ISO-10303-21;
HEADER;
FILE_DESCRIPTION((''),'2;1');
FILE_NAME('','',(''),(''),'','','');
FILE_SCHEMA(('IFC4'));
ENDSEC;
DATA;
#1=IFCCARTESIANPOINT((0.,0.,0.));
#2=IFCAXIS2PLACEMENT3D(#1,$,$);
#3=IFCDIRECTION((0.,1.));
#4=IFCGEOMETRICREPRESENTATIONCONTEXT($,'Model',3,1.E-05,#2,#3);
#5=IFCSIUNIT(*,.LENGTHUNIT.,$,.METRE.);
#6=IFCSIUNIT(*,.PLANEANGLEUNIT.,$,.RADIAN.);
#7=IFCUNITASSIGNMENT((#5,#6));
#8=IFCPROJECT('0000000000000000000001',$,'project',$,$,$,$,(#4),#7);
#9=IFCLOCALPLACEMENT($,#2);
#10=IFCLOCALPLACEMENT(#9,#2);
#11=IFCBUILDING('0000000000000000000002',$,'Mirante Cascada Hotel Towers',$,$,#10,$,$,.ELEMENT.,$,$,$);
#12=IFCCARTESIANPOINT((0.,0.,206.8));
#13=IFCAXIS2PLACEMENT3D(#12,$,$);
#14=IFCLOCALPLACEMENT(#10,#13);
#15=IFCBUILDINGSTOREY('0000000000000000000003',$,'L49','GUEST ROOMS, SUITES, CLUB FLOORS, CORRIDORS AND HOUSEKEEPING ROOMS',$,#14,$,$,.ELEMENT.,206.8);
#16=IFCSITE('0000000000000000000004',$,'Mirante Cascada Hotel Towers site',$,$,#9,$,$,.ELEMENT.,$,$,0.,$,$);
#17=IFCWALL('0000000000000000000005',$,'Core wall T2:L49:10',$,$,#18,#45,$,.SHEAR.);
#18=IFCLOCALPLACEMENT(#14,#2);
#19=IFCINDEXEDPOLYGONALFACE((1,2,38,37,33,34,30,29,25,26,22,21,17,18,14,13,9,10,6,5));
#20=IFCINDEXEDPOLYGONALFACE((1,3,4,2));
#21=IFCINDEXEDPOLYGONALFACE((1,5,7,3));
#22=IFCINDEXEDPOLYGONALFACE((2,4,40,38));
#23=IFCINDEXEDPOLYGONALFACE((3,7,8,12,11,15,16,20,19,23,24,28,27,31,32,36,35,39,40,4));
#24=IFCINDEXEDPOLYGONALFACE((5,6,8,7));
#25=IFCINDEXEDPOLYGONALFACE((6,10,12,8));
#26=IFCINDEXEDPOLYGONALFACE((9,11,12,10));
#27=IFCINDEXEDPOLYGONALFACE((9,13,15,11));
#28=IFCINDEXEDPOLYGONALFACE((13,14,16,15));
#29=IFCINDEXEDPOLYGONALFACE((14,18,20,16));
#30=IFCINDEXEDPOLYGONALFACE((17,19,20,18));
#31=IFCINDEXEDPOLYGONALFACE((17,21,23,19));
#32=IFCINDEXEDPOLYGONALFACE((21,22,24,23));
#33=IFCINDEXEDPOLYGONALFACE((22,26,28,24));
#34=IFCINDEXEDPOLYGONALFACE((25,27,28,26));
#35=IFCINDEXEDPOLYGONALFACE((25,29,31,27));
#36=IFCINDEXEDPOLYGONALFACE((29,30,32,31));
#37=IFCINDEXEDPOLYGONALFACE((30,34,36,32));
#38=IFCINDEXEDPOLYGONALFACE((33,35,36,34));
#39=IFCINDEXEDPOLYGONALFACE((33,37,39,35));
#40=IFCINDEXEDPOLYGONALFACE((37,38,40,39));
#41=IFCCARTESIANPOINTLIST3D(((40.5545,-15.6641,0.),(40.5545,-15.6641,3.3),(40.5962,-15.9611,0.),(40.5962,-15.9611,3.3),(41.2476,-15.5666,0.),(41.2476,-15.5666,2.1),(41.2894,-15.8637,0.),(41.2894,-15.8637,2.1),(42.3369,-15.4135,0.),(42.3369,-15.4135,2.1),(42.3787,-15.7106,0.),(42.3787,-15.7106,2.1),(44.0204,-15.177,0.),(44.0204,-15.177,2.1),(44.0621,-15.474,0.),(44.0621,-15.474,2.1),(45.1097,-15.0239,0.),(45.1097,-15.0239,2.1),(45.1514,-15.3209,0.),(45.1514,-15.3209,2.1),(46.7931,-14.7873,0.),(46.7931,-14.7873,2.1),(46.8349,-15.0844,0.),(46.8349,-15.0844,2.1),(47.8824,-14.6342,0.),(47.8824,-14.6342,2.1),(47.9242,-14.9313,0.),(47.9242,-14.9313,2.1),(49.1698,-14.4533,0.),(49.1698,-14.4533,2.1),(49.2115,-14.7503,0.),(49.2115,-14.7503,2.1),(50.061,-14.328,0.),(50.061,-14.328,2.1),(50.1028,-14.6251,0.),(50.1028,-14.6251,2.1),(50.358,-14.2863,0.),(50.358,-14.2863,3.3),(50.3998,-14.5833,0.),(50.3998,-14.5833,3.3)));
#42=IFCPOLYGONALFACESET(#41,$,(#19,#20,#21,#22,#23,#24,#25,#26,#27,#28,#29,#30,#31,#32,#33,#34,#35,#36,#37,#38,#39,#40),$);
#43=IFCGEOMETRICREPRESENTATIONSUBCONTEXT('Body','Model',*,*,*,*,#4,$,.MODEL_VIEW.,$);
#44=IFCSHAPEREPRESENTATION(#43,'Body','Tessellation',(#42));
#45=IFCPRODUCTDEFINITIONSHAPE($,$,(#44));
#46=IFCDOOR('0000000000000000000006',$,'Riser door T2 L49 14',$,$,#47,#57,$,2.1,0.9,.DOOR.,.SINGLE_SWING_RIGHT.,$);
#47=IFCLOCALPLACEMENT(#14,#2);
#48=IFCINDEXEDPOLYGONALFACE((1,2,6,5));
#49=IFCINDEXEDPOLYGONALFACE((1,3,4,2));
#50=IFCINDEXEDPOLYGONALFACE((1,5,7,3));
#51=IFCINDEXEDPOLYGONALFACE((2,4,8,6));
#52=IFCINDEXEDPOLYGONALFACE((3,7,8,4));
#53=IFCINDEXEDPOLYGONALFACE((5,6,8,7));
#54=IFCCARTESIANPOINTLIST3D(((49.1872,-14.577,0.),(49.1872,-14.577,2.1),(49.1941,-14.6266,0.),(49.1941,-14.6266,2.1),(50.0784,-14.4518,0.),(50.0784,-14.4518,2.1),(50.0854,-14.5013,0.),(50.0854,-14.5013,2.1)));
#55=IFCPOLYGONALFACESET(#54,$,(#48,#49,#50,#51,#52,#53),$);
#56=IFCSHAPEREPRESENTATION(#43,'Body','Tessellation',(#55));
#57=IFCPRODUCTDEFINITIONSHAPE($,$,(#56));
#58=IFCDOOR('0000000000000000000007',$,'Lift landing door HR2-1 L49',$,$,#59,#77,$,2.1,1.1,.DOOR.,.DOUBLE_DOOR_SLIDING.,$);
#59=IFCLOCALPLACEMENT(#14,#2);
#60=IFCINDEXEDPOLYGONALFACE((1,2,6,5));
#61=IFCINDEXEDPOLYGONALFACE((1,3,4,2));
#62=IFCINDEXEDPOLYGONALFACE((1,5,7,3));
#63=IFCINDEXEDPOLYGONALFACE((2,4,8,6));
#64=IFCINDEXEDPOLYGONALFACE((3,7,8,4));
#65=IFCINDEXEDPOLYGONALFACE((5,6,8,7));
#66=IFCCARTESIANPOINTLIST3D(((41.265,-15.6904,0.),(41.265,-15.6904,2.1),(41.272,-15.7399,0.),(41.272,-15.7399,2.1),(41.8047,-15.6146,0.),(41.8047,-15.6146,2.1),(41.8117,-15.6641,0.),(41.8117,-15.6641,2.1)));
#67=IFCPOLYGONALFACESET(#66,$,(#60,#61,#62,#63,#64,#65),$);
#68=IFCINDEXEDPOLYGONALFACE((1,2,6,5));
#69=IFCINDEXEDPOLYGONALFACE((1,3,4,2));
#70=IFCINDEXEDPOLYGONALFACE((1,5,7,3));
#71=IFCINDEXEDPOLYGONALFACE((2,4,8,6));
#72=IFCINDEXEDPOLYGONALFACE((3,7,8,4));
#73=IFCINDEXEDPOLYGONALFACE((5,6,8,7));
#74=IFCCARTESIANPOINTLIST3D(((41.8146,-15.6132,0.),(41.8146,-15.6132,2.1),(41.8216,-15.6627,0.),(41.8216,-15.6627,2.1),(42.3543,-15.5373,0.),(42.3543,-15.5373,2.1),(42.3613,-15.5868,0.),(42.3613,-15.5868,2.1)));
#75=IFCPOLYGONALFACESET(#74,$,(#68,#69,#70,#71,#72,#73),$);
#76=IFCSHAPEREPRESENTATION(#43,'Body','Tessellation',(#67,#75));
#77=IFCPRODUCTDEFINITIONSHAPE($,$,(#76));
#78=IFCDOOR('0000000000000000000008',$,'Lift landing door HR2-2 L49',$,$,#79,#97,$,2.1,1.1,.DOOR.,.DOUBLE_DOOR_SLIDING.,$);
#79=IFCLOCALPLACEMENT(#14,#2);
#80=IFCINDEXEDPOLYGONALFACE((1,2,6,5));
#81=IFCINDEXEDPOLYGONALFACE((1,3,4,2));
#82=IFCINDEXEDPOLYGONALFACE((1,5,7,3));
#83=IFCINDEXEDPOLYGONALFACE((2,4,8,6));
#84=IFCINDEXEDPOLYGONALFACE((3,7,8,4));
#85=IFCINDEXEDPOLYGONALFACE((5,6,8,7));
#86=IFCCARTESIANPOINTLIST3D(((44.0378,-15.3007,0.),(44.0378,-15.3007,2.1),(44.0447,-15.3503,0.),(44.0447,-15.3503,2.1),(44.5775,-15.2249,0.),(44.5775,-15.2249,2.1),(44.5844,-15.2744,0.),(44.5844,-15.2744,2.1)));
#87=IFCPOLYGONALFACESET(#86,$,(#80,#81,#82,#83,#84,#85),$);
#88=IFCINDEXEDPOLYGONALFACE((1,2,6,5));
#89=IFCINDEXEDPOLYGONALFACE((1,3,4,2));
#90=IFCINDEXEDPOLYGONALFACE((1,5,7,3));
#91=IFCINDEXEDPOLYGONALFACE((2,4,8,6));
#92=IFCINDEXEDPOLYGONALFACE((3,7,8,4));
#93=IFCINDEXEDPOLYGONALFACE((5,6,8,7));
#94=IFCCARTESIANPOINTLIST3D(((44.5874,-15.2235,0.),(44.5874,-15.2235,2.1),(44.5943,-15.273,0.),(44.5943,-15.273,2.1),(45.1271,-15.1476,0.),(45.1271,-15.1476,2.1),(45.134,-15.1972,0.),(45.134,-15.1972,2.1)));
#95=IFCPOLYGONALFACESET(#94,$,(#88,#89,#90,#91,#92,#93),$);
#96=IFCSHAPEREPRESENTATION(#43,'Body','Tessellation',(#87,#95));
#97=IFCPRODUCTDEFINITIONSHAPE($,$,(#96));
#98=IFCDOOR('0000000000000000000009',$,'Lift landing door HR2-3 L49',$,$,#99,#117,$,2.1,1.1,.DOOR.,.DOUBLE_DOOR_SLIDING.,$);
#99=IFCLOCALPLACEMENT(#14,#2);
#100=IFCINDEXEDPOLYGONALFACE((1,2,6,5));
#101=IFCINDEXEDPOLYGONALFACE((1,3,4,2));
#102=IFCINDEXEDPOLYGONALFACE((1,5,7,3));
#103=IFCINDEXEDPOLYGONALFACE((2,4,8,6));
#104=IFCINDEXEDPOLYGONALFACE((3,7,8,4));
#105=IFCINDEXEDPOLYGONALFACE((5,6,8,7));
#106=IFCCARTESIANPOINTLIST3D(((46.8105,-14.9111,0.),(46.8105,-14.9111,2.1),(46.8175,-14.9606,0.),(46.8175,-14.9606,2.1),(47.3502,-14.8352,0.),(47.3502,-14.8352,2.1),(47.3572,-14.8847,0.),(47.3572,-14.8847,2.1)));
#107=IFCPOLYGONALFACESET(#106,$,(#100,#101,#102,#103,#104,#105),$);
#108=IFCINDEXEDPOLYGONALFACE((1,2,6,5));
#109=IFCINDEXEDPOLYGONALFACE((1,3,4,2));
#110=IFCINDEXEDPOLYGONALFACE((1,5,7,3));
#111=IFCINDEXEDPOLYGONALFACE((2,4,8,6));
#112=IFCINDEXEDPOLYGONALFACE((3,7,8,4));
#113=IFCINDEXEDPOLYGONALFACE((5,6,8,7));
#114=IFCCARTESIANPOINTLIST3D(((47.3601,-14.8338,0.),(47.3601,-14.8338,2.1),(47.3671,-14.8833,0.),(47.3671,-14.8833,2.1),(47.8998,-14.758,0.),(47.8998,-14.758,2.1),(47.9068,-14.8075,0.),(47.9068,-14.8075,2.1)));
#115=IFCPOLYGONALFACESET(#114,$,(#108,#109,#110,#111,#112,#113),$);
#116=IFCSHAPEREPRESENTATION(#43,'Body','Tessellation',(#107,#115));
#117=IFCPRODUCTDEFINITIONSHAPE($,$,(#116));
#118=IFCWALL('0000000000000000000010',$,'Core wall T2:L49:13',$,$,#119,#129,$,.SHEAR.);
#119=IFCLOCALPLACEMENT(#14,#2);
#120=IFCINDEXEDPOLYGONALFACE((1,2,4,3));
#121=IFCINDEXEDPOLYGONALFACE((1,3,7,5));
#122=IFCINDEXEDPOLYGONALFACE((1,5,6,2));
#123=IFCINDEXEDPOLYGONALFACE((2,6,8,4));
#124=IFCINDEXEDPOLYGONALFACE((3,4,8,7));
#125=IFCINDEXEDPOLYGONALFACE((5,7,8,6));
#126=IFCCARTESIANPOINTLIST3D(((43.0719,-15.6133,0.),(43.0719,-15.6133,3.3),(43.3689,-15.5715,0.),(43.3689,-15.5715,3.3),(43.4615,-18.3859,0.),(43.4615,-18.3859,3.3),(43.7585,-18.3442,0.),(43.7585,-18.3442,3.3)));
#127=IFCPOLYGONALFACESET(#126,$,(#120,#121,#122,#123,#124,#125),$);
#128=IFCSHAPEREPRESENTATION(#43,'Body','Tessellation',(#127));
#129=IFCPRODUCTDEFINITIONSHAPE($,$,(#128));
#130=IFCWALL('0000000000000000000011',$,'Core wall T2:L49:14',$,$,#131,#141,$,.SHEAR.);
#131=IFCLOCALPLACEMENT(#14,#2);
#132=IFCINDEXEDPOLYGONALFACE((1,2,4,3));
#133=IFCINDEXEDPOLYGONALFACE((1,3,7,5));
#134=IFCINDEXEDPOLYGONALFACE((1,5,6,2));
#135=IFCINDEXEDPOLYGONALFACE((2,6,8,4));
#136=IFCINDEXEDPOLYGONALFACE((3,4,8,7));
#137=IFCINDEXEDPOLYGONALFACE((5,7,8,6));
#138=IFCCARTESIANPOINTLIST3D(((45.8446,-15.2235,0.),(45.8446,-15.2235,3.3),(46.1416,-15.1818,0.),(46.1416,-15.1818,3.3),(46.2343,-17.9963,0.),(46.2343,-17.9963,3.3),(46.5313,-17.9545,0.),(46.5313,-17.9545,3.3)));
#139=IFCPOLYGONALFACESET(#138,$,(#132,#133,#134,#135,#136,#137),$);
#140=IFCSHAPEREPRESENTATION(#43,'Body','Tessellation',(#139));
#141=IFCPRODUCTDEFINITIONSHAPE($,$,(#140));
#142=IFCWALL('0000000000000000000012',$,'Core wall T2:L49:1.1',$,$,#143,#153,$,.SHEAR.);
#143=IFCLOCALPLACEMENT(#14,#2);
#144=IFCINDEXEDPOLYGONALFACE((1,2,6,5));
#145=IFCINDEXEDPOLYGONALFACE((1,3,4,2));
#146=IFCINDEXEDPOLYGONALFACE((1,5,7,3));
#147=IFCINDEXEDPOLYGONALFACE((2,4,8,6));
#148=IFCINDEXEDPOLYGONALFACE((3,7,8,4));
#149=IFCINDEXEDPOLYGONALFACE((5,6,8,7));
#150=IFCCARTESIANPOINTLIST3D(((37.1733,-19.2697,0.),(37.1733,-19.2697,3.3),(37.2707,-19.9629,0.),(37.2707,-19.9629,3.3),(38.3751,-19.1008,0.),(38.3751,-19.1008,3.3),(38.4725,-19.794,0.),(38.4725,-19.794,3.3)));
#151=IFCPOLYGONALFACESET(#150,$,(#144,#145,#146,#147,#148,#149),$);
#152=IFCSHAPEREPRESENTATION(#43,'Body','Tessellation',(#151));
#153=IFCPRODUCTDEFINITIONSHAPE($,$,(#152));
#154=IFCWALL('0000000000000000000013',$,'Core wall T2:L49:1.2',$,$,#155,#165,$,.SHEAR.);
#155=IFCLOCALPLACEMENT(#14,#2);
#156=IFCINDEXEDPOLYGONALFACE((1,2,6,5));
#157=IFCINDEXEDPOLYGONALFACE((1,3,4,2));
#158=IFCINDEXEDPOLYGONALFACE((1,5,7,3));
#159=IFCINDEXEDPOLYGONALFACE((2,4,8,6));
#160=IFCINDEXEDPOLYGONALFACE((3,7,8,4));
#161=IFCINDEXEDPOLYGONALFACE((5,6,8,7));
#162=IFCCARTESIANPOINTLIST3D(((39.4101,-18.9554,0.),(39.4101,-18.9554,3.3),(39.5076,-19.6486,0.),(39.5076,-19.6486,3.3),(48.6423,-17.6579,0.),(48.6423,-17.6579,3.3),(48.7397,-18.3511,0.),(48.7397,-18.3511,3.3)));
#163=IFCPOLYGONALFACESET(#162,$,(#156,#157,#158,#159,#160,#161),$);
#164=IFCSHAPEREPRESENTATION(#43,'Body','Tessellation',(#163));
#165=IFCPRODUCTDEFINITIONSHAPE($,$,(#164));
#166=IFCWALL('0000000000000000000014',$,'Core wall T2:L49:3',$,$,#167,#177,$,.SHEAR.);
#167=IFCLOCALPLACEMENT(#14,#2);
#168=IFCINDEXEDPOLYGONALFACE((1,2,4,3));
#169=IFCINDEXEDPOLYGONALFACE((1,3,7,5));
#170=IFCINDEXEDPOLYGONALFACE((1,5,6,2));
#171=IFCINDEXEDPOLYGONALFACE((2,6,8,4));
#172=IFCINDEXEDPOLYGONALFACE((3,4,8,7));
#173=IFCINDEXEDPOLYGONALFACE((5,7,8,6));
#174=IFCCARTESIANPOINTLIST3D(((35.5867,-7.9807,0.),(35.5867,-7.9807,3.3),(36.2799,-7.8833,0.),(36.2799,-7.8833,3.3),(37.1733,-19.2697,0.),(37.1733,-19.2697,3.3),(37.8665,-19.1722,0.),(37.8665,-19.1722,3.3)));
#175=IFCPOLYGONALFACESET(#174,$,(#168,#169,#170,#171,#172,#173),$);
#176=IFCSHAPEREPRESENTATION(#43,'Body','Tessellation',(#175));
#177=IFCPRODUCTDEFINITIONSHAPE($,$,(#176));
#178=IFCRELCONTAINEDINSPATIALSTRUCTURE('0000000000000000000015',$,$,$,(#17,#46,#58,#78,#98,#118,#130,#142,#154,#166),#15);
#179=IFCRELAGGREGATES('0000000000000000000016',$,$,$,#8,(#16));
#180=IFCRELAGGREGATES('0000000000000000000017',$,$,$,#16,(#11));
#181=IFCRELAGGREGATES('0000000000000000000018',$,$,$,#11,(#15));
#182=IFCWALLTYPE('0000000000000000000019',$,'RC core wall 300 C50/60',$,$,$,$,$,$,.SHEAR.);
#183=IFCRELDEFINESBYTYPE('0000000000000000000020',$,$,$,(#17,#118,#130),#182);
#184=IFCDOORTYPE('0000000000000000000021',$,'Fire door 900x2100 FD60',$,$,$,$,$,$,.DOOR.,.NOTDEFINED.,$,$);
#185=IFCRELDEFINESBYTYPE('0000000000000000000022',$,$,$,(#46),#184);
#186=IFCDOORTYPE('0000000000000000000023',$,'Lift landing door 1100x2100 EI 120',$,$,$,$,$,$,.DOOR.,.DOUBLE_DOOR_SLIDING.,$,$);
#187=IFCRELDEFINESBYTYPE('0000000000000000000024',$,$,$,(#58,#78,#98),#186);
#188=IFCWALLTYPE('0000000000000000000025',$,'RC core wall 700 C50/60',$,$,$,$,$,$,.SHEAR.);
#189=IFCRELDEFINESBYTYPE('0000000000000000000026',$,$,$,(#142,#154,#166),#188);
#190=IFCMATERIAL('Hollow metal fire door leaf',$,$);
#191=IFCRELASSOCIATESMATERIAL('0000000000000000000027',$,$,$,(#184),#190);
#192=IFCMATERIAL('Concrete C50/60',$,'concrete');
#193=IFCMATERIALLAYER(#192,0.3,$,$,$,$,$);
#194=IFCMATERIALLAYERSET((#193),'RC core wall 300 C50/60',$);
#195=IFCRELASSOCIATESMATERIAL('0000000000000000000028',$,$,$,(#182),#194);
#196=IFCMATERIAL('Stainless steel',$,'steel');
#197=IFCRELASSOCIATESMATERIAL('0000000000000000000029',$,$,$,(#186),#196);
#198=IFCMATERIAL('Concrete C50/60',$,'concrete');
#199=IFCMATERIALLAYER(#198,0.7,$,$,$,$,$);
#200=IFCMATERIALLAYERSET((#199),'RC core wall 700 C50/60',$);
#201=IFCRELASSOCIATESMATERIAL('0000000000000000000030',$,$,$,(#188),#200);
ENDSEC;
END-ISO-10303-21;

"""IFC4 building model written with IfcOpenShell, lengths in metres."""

from ifc_helpers import new_model, si_unit, direction, frame, frame_2d, origin, place, context, subcontext, project, spatial, rectangle, extrude, material, layer, layer_set, type_object, element, fill, save


model = new_model("IFC4")

# Units and contexts
model_context = context("Model", 3, precision=1e-05, world=origin(), true_north=direction((0.0, 1.0)))
body_context = subcontext(model_context, "Body", "Model", "MODEL_VIEW")
ifc_project = project(units=[si_unit("LENGTHUNIT", "METRE"), si_unit("PLANEANGLEUNIT", "RADIAN")], contexts=[model_context])

# Site, building, storey
site_placement = place(None, origin())
site = spatial("IfcSite", under=ifc_project, at=site_placement, Name="Mirante Cascada Hotel Towers site", CompositionType="ELEMENT", RefElevation=0.0)
building_placement = place(site_placement, origin())
building = spatial("IfcBuilding", under=site, at=building_placement, Name="Mirante Cascada Hotel Towers", CompositionType="ELEMENT")
storey_placement = place(building_placement, frame((0.0, 0.0, 206.8)))
storey = spatial("IfcBuildingStorey", under=building, at=storey_placement, Name="L49", Description="GUEST ROOMS, SUITES, CLUB FLOORS, CORRIDORS AND HOUSEKEEPING ROOMS", CompositionType="ELEMENT", Elevation=206.8)

# Shared definitions
ifc_material_1 = material(Name="Hollow metal fire door leaf")
door_type_1 = type_object("IfcDoorType", Name="Fire door 900x2100 FD60", OperationType="NOTDEFINED", PredefinedType="DOOR", material=ifc_material_1)

# Shared definitions
ifc_material_2 = material(Name="Concrete C50/60", Category="concrete")
ifc_layer_1 = layer(ifc_material_2, 0.3)
ifc_layer_set_1 = layer_set([ifc_layer_1], Name="RC core wall 300 C50/60")
wall_type_1 = type_object("IfcWallType", Name="RC core wall 300 C50/60", PredefinedType="SHEAR", material=ifc_layer_set_1)

# Wall, openings, doors
wall_1_placement = place(storey_placement, frame((40.5753, -15.8126, 0.0), z_axis=(0.0, 0.0, 1.0), x_axis=(0.990268, 0.139173, 0.0)))
wall_1 = element("IfcWall", 1, at=wall_1_placement, inside=storey, type_object=wall_type_1, Name="Core wall T2:L49:10", PredefinedType="SHEAR", context=body_context, shape_type="SweptSolid", body=[
    extrude(rectangle(XDim=9.8999, YDim=0.3, at=frame_2d((4.95, 0.0))), origin(), (0.0, 0.0, 1.0), 3.3),
])
opening_1_placement = place(wall_1_placement, frame((0.7, 0.0, 0.0)))
opening_1 = element("IfcOpeningElement", 2, at=opening_1_placement, cuts=wall_1, PredefinedType="OPENING", context=body_context, shape_type="SweptSolid", body=[
    extrude(rectangle(XDim=1.1, YDim=2.1, at=frame_2d((0.55, 1.05))), frame((0.0, 0.15, 0.0), z_axis=(0.0, -1.0, 0.0), x_axis=(1.0, 0.0, 0.0)), (0.0, 0.0, 1.0), 0.3),
])
opening_2_placement = place(wall_1_placement, frame((3.5, 0.0, 0.0)))
opening_2 = element("IfcOpeningElement", 3, at=opening_2_placement, cuts=wall_1, PredefinedType="OPENING", context=body_context, shape_type="SweptSolid", body=[
    extrude(rectangle(XDim=1.1, YDim=2.1, at=frame_2d((0.55, 1.05))), frame((0.0, 0.15, 0.0), z_axis=(0.0, -1.0, 0.0), x_axis=(1.0, 0.0, 0.0)), (0.0, 0.0, 1.0), 0.3),
])
opening_3_placement = place(wall_1_placement, frame((6.3, 0.0, 0.0)))
opening_3 = element("IfcOpeningElement", 4, at=opening_3_placement, cuts=wall_1, PredefinedType="OPENING", context=body_context, shape_type="SweptSolid", body=[
    extrude(rectangle(XDim=1.1, YDim=2.1, at=frame_2d((0.55, 1.05))), frame((0.0, 0.15, 0.0), z_axis=(0.0, -1.0, 0.0), x_axis=(1.0, 0.0, 0.0)), (0.0, 0.0, 1.0), 0.3),
])
opening_4_placement = place(wall_1_placement, frame((8.7, 0.0, 0.0)))
opening_4 = element("IfcOpeningElement", 5, at=opening_4_placement, cuts=wall_1, PredefinedType="OPENING", context=body_context, shape_type="SweptSolid", body=[
    extrude(rectangle(XDim=0.9, YDim=2.1, at=frame_2d((0.45, 1.05))), frame((0.0, 0.15, 0.0), z_axis=(0.0, -1.0, 0.0), x_axis=(1.0, 0.0, 0.0)), (0.0, 0.0, 1.0), 0.3),
])
door_1_placement = place(opening_4_placement, frame((0.9, 0.0, 0.0), z_axis=(0.0, 0.0, 1.0), x_axis=(-1.0, 0.0, 0.0)))
door_1 = element("IfcDoor", 6, at=door_1_placement, inside=storey, type_object=door_type_1, Name="Riser door T2 L49 14", OperationType="SINGLE_SWING_RIGHT", OverallHeight=2.1, OverallWidth=0.9, PredefinedType="DOOR", context=body_context, shape_type="SweptSolid", body=[
    extrude(rectangle(XDim=0.9, YDim=2.1, at=frame_2d((0.45, 1.05))), frame((0.0, 0.025, 0.0), z_axis=(0.0, -1.0, 0.0), x_axis=(1.0, 0.0, 0.0)), (0.0, 0.0, 1.0), 0.05),
])
fill(opening_4, door_1)
ifc_material_3 = material(Name="Stainless steel", Category="steel")
door_type_2 = type_object("IfcDoorType", Name="Lift landing door 1100x2100 EI 120", OperationType="DOUBLE_DOOR_SLIDING", PredefinedType="DOOR", material=ifc_material_3)
door_2_placement = place(opening_1_placement, origin())
door_2 = element("IfcDoor", 7, at=door_2_placement, inside=storey, type_object=door_type_2, Name="Lift landing door HR2-1 L49", OperationType="DOUBLE_DOOR_SLIDING", OverallHeight=2.1, OverallWidth=1.1, PredefinedType="DOOR", context=body_context, shape_type="SweptSolid", body=[
    extrude(rectangle(XDim=0.545, YDim=2.1, at=frame_2d((0.2725, 1.05))), frame((0.0, 0.025, 0.0), z_axis=(0.0, -1.0, 0.0), x_axis=(1.0, 0.0, 0.0)), (0.0, 0.0, 1.0), 0.05),
    extrude(rectangle(XDim=0.545, YDim=2.1, at=frame_2d((0.8275, 1.05))), frame((0.0, 0.025, 0.0), z_axis=(0.0, -1.0, 0.0), x_axis=(1.0, 0.0, 0.0)), (0.0, 0.0, 1.0), 0.05),
])
fill(opening_1, door_2)
door_3_placement = place(opening_2_placement, origin())
door_3 = element("IfcDoor", 8, at=door_3_placement, inside=storey, type_object=door_type_2, Name="Lift landing door HR2-2 L49", OperationType="DOUBLE_DOOR_SLIDING", OverallHeight=2.1, OverallWidth=1.1, PredefinedType="DOOR", context=body_context, shape_type="SweptSolid", body=[
    extrude(rectangle(XDim=0.545, YDim=2.1, at=frame_2d((0.2725, 1.05))), frame((0.0, 0.025, 0.0), z_axis=(0.0, -1.0, 0.0), x_axis=(1.0, 0.0, 0.0)), (0.0, 0.0, 1.0), 0.05),
    extrude(rectangle(XDim=0.545, YDim=2.1, at=frame_2d((0.8275, 1.05))), frame((0.0, 0.025, 0.0), z_axis=(0.0, -1.0, 0.0), x_axis=(1.0, 0.0, 0.0)), (0.0, 0.0, 1.0), 0.05),
])
fill(opening_2, door_3)
door_4_placement = place(opening_3_placement, origin())
door_4 = element("IfcDoor", 9, at=door_4_placement, inside=storey, type_object=door_type_2, Name="Lift landing door HR2-3 L49", OperationType="DOUBLE_DOOR_SLIDING", OverallHeight=2.1, OverallWidth=1.1, PredefinedType="DOOR", context=body_context, shape_type="SweptSolid", body=[
    extrude(rectangle(XDim=0.545, YDim=2.1, at=frame_2d((0.2725, 1.05))), frame((0.0, 0.025, 0.0), z_axis=(0.0, -1.0, 0.0), x_axis=(1.0, 0.0, 0.0)), (0.0, 0.0, 1.0), 0.05),
    extrude(rectangle(XDim=0.545, YDim=2.1, at=frame_2d((0.8275, 1.05))), frame((0.0, 0.025, 0.0), z_axis=(0.0, -1.0, 0.0), x_axis=(1.0, 0.0, 0.0)), (0.0, 0.0, 1.0), 0.05),
])
fill(opening_3, door_4)

# Walls
wall_2_placement = place(storey_placement, frame((43.61, -18.3651, 0.0), z_axis=(0.0, 0.0, 1.0), x_axis=(-0.139146, 0.990272, 0.0)))
element("IfcWall", 10, at=wall_2_placement, inside=storey, type_object=wall_type_1, Name="Core wall T2:L49:13", PredefinedType="SHEAR", context=body_context, shape_type="SweptSolid", body=[
    extrude(rectangle(XDim=2.7999, YDim=0.3, at=frame_2d((1.4, 0.0))), origin(), (0.0, 0.0, 1.0), 3.3),
])
wall_3_placement = place(storey_placement, frame((46.3828, -17.9754, 0.0), z_axis=(0.0, 0.0, 1.0), x_axis=(-0.139181, 0.990267, 0.0)))
element("IfcWall", 11, at=wall_3_placement, inside=storey, type_object=wall_type_1, Name="Core wall T2:L49:14", PredefinedType="SHEAR", context=body_context, shape_type="SweptSolid", body=[
    extrude(rectangle(XDim=2.8, YDim=0.3, at=frame_2d((1.4, 0.0))), origin(), (0.0, 0.0, 1.0), 3.3),
])
ifc_material_4 = material(Name="Concrete C50/60", Category="concrete")
ifc_layer_2 = layer(ifc_material_4, 0.7)
ifc_layer_set_2 = layer_set([ifc_layer_2], Name="RC core wall 700 C50/60")
wall_type_2 = type_object("IfcWallType", Name="RC core wall 700 C50/60", PredefinedType="SHEAR", material=ifc_layer_set_2)
wall_4_placement = place(storey_placement, frame((37.222, -19.6163, 0.0), z_axis=(0.0, 0.0, 1.0), x_axis=(0.990268, 0.139172, 0.0)))
element("IfcWall", 12, at=wall_4_placement, inside=storey, type_object=wall_type_2, Name="Core wall T2:L49:1.1", PredefinedType="SHEAR", context=body_context, shape_type="SweptSolid", body=[
    extrude(rectangle(XDim=1.2136, YDim=0.7, at=frame_2d((0.6068, 0.0))), origin(), (0.0, 0.0, 1.0), 3.3),
])
wall_5_placement = place(storey_placement, frame((39.4589, -19.302, 0.0), z_axis=(0.0, 0.0, 1.0), x_axis=(0.990268, 0.139173, 0.0)))
element("IfcWall", 13, at=wall_5_placement, inside=storey, type_object=wall_type_2, Name="Core wall T2:L49:1.2", PredefinedType="SHEAR", context=body_context, shape_type="SweptSolid", body=[
    extrude(rectangle(XDim=9.3229, YDim=0.7, at=frame_2d((4.6614, 0.0))), origin(), (0.0, 0.0, 1.0), 3.3),
])
wall_6_placement = place(storey_placement, frame((37.5199, -19.221, 0.0), z_axis=(0.0, 0.0, 1.0), x_axis=(-0.139176, 0.990268, 0.0)))
element("IfcWall", 14, at=wall_6_placement, inside=storey, type_object=wall_type_2, Name="Core wall T2:L49:3", PredefinedType="SHEAR", context=body_context, shape_type="SweptSolid", body=[
    extrude(rectangle(XDim=11.3999, YDim=0.7, at=frame_2d((5.7, 0.0))), origin(), (0.0, 0.0, 1.0), 3.3),
])

save(model, "model.ifc")
